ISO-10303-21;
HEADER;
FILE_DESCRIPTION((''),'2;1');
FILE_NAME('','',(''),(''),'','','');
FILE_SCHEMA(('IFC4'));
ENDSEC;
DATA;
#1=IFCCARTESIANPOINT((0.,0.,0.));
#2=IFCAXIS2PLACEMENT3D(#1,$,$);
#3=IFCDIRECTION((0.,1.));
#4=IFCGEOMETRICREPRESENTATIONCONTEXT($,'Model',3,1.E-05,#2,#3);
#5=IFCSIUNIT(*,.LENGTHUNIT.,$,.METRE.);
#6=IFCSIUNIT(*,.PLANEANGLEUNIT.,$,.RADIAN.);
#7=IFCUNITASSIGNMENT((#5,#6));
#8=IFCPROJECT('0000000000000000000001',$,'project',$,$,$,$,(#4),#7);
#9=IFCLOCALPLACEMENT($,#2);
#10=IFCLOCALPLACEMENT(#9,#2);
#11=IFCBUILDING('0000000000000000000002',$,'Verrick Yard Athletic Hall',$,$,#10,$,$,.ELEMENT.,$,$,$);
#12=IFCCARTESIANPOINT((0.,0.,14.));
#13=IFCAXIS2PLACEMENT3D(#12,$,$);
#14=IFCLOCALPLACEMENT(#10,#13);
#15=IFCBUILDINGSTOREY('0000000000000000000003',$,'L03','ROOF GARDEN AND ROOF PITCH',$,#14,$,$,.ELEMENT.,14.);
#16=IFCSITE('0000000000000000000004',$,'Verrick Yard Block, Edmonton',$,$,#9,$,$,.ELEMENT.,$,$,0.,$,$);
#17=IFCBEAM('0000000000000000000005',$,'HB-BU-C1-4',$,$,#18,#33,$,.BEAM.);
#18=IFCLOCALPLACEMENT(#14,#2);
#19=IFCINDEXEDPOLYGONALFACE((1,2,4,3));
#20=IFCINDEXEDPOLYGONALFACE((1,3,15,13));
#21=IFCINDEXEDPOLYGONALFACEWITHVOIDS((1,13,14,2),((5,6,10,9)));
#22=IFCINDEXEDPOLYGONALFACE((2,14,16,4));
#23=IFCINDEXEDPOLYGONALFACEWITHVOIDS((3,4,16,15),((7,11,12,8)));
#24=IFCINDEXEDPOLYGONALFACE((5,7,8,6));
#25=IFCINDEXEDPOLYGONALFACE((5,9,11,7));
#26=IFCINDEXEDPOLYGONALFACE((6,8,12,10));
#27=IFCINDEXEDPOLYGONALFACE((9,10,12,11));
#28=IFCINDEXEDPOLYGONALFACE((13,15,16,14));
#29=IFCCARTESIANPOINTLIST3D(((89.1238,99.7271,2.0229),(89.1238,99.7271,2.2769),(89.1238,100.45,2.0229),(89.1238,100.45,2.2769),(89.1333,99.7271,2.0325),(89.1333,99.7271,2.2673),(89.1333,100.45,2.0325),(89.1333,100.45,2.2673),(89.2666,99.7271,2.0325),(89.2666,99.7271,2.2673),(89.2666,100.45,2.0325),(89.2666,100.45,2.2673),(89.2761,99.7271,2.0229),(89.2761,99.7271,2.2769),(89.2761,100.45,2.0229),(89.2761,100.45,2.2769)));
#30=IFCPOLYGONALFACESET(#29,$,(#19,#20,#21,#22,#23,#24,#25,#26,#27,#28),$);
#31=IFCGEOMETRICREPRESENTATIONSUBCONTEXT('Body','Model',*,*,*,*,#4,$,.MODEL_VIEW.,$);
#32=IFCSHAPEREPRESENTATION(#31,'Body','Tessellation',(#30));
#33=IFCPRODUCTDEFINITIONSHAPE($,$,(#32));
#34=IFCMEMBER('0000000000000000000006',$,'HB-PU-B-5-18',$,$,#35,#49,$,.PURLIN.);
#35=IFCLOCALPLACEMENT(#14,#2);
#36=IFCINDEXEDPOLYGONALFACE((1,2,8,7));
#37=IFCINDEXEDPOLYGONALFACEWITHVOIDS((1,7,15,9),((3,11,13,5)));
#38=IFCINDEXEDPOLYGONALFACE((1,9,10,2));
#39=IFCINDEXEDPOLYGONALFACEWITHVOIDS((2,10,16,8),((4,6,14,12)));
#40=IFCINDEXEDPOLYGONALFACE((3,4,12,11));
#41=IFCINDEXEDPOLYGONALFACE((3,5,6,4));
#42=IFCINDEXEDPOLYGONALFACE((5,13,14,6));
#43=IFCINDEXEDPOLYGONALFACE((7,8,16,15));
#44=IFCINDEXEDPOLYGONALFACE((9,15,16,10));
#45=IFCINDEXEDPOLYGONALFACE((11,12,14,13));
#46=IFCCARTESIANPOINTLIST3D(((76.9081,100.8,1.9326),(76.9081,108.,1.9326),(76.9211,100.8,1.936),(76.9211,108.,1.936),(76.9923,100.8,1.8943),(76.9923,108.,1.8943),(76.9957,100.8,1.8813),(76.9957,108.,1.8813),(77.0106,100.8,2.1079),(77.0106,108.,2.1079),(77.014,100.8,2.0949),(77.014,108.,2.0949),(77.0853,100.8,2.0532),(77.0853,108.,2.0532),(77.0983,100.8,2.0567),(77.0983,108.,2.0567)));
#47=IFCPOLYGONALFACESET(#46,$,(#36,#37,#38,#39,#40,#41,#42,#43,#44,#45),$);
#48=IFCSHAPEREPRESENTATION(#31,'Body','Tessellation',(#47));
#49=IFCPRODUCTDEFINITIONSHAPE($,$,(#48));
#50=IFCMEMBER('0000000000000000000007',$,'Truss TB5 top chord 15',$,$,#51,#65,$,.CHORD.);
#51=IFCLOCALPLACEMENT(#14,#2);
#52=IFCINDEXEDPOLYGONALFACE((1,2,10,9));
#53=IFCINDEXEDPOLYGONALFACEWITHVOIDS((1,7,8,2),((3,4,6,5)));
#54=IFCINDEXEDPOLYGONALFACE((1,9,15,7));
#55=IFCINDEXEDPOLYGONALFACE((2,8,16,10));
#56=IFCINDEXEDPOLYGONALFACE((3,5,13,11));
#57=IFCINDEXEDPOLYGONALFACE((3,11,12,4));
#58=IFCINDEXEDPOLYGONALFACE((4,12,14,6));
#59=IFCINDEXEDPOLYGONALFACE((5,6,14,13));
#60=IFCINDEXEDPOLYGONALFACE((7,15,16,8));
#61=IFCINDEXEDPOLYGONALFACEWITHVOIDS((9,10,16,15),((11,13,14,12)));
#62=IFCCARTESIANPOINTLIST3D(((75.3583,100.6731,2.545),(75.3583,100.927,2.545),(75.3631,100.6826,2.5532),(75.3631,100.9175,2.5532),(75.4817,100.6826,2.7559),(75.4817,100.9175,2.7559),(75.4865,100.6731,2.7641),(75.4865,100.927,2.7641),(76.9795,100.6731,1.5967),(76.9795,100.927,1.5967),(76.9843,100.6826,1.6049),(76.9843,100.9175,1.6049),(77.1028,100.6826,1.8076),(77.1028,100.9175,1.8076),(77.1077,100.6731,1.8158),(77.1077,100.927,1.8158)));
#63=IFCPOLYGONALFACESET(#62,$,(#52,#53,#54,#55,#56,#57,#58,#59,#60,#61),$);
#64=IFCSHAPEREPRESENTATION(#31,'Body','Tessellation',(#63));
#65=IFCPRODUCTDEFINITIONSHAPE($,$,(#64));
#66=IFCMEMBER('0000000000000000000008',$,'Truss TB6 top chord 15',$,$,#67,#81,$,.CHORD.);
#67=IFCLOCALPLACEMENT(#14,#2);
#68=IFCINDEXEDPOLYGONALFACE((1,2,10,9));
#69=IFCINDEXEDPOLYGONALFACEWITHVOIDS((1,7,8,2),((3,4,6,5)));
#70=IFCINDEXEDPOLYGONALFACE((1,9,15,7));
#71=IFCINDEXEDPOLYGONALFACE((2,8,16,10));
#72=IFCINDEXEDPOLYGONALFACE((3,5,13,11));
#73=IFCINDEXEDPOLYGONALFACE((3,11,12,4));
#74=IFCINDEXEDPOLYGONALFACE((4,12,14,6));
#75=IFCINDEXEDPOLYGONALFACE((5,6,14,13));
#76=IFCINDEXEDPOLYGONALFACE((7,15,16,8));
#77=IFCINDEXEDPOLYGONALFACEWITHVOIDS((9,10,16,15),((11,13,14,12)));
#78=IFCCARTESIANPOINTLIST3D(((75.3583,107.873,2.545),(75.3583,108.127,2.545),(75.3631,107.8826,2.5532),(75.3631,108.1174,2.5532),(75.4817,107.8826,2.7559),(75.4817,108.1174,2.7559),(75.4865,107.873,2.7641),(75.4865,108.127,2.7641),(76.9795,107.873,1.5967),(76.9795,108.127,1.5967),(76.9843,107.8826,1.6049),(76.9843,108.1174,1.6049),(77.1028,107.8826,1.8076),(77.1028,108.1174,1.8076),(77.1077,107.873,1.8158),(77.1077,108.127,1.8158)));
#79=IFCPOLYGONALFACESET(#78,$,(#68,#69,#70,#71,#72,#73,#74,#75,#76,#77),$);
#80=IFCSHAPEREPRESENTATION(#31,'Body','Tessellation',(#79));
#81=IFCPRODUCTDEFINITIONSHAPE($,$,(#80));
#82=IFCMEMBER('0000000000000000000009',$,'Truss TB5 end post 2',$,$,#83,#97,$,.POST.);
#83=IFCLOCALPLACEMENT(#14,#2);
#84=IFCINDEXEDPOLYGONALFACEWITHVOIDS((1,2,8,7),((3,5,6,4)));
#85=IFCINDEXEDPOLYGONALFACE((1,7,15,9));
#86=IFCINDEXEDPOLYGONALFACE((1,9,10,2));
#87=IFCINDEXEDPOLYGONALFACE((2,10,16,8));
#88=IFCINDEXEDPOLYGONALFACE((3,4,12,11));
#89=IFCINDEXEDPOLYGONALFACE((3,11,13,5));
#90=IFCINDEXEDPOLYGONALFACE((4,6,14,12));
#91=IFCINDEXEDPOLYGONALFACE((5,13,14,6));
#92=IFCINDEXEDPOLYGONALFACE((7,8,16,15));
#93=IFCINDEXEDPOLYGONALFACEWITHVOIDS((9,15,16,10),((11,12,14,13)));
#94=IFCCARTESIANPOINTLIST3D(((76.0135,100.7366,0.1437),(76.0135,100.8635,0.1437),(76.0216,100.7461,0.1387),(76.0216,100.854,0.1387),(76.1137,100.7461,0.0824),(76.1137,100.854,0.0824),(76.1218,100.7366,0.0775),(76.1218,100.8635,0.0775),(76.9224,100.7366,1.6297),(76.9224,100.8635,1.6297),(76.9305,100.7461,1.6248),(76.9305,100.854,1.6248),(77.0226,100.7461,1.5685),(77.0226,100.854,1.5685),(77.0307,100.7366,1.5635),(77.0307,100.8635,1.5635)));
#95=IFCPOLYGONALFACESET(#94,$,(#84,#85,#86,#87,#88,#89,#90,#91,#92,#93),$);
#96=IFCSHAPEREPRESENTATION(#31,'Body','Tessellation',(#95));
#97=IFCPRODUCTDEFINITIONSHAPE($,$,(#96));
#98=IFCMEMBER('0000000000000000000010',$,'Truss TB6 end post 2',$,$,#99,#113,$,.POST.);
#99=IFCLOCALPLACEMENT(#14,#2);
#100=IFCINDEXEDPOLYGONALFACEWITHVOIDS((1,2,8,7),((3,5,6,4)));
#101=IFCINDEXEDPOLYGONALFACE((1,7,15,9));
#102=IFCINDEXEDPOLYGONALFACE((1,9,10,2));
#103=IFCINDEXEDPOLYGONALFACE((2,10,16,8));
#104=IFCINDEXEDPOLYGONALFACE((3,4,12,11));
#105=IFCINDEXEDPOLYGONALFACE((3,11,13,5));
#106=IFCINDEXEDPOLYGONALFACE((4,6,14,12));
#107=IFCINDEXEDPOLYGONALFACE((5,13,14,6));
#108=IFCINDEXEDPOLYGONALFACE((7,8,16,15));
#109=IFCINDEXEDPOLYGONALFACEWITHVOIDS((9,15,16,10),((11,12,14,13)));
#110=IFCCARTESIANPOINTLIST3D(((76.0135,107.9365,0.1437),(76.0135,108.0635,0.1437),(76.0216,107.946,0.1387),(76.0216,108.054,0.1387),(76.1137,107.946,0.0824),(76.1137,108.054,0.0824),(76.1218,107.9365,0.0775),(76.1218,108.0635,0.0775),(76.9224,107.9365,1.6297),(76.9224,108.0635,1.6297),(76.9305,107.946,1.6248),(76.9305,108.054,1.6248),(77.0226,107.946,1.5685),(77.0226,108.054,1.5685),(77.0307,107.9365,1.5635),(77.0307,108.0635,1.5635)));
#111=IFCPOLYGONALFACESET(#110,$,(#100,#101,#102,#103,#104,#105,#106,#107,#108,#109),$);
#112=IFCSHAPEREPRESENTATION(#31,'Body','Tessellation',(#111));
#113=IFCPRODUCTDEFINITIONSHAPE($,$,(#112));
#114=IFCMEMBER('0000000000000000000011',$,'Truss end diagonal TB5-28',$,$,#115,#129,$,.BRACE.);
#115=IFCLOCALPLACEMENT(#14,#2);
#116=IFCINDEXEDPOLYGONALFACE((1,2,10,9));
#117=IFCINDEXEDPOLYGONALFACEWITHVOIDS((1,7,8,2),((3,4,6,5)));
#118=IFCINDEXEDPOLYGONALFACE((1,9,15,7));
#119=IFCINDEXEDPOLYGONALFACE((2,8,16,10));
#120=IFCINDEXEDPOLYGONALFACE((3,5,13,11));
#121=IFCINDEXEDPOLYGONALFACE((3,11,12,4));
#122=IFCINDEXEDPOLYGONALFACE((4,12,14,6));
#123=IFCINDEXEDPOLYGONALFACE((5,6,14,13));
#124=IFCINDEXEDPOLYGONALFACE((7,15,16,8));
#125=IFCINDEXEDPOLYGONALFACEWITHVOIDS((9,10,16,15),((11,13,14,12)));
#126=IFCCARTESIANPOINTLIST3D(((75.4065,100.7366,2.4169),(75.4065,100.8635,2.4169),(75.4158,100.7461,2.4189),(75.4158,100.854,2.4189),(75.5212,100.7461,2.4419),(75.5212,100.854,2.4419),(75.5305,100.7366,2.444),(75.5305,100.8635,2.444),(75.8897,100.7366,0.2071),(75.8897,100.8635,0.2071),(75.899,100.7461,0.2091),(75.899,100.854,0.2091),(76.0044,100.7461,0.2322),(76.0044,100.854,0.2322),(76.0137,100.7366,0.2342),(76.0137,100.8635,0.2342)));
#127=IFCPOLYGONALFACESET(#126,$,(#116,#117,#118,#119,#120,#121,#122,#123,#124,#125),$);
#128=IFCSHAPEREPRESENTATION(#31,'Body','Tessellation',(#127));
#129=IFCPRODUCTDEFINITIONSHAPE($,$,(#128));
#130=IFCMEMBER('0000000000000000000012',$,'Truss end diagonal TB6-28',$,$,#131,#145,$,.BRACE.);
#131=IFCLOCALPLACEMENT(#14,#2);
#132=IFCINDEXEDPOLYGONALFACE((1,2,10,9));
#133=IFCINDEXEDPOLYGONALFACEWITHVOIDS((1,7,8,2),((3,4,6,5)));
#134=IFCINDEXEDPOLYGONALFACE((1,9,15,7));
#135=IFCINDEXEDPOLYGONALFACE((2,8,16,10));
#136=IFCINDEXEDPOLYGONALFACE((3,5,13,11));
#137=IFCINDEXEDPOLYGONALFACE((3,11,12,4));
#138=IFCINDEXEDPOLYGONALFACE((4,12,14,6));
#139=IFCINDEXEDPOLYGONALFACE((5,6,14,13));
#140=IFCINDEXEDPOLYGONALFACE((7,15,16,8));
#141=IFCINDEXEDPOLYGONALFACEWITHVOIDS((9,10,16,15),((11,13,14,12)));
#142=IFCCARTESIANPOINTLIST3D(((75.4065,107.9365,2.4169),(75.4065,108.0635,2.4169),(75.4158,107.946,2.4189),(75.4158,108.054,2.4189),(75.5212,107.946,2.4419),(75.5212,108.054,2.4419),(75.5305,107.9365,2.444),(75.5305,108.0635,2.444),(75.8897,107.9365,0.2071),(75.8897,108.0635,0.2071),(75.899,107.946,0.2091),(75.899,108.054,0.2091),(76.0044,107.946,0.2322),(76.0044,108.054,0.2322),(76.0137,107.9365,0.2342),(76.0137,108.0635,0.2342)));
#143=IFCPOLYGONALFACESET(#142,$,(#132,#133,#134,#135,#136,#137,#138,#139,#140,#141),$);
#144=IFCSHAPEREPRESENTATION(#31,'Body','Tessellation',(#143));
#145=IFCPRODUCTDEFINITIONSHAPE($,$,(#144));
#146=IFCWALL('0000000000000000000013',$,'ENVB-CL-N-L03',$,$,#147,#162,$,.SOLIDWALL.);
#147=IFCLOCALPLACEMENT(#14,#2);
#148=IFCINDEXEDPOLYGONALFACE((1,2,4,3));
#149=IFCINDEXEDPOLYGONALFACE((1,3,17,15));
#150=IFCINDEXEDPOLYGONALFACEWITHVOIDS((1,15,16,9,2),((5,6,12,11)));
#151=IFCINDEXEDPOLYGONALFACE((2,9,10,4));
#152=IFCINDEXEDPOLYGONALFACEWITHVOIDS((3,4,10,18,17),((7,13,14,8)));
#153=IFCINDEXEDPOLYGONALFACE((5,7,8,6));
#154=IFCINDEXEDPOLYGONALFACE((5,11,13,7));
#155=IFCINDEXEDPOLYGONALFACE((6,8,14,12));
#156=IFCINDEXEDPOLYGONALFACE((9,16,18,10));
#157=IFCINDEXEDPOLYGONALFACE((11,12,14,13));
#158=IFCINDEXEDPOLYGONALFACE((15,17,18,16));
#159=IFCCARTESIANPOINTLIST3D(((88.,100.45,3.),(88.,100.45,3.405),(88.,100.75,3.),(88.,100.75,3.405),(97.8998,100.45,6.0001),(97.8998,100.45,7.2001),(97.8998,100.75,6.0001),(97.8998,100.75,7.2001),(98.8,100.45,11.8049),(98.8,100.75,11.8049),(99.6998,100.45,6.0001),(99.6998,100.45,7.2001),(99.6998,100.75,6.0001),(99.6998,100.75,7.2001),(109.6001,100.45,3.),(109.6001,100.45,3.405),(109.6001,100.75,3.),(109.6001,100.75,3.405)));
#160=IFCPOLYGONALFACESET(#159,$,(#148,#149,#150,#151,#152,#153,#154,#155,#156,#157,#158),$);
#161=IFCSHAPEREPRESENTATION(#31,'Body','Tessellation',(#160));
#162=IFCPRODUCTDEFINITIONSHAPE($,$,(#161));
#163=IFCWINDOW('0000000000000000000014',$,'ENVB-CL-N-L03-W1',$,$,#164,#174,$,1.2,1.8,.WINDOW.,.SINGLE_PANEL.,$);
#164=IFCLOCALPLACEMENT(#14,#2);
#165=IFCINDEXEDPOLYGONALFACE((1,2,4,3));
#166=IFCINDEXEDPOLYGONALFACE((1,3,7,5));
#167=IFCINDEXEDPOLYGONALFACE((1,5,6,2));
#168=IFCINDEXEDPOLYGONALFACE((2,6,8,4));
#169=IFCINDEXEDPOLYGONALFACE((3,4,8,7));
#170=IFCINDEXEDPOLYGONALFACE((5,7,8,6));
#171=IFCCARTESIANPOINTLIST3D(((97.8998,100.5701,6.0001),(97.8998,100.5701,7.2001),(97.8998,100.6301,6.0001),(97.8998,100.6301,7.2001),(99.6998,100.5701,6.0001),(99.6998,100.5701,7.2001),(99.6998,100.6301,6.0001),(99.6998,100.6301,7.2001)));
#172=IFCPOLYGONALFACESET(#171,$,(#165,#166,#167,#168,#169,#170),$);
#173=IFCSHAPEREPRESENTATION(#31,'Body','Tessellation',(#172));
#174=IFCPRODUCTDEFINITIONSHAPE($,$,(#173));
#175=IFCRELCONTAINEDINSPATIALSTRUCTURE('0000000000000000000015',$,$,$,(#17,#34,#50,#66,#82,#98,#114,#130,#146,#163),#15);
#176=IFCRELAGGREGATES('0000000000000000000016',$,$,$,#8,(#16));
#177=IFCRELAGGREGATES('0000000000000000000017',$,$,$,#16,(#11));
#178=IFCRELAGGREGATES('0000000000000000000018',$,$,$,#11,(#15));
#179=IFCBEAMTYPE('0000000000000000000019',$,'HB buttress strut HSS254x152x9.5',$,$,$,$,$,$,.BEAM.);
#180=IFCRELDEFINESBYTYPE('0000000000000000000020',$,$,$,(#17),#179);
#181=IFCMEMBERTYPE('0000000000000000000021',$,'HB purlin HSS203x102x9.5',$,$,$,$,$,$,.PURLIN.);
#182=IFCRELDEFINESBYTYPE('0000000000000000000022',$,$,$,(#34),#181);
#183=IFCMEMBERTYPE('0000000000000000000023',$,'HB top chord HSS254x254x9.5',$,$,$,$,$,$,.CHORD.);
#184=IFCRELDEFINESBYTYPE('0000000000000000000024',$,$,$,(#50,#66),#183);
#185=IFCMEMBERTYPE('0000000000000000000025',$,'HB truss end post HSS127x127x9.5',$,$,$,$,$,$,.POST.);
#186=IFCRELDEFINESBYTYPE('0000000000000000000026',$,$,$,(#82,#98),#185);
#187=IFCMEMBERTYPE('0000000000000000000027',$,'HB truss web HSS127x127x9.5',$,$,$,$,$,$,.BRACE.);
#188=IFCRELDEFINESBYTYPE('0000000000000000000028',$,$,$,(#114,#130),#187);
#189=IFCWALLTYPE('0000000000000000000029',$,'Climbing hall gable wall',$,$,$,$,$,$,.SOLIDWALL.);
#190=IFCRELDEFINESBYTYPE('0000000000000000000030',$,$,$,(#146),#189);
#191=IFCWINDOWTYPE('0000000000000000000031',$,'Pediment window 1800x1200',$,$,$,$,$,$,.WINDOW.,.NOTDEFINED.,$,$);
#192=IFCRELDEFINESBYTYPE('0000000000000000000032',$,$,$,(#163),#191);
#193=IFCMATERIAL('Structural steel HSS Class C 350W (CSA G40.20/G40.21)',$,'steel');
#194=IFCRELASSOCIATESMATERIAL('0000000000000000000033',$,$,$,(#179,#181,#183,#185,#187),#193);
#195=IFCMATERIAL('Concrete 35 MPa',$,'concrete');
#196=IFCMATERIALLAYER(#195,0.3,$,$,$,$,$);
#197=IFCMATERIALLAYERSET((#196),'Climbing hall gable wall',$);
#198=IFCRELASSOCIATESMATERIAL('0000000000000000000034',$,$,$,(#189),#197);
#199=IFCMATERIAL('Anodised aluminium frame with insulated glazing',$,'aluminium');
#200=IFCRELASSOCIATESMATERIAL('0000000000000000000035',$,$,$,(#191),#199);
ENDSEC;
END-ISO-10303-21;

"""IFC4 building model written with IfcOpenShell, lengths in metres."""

from ifc_helpers import new_model, si_unit, direction, frame, frame_2d, origin, origin_2d, place, context, subcontext, project, spatial, polyline, rectangle, hollow_rectangle, outline, extrude, material, layer, layer_set, material_profile, profile_set, type_object, element, fill, save


model = new_model("IFC4")

# Units and contexts
model_context = context("Model", 3, precision=1e-05, world=origin(), true_north=direction((0.0, 1.0)))
body_context = subcontext(model_context, "Body", "Model", "MODEL_VIEW")
ifc_project = project(units=[si_unit("LENGTHUNIT", "METRE"), si_unit("PLANEANGLEUNIT", "RADIAN")], contexts=[model_context])

# Site, building, storey
site_placement = place(None, origin())
site = spatial("IfcSite", under=ifc_project, at=site_placement, Name="Verrick Yard Block, Edmonton", CompositionType="ELEMENT", RefElevation=0.0)
building_placement = place(site_placement, origin())
building = spatial("IfcBuilding", under=site, at=building_placement, Name="Verrick Yard Athletic Hall", CompositionType="ELEMENT")
storey_placement = place(building_placement, frame((0.0, 0.0, 14.0)))
storey = spatial("IfcBuildingStorey", under=building, at=storey_placement, Name="L03", Description="ROOF GARDEN AND ROOF PITCH", CompositionType="ELEMENT", Elevation=14.0)

# Beam
ifc_material_1 = material(Name="Structural steel HSS Class C 350W (CSA G40.20/G40.21)", Category="steel")
ifc_material_profile_1 = material_profile(ifc_material_1, hollow_rectangle(XDim=0.1523, YDim=0.2539, WallThickness=0.0095, at=origin_2d()), Name="HSS254x152x9.5")
ifc_profile_set_1 = profile_set([ifc_material_profile_1], Name="Structural steel HSS Class C 350W (CSA G40.20/G40.21)")
beam_type = type_object("IfcBeamType", Name="HB buttress strut HSS254x152x9.5", PredefinedType="BEAM", material=ifc_profile_set_1)
beam_placement = place(storey_placement, frame((89.2, 99.7271, 2.1499), z_axis=(0.0, 1.0, 0.0), x_axis=(-1.0, 0.0, 0.0)))
element("IfcBeam", 1, at=beam_placement, inside=storey, type_object=beam_type, Name="HB-BU-C1-4", PredefinedType="BEAM", context=body_context, shape_type="SweptSolid", body=[
    extrude(hollow_rectangle(XDim=0.1523, YDim=0.2539, WallThickness=0.0095, at=origin_2d()), origin(), (0.0, 0.0, 1.0), 0.7229),
])

# Members
ifc_material_profile_2 = material_profile(ifc_material_1, hollow_rectangle(XDim=0.1016, YDim=0.2031, WallThickness=0.0095, at=origin_2d()), Name="HSS203x102x9.5")
ifc_profile_set_2 = profile_set([ifc_material_profile_2], Name="Structural steel HSS Class C 350W (CSA G40.20/G40.21)")
member_type_1 = type_object("IfcMemberType", Name="HB purlin HSS203x102x9.5", PredefinedType="PURLIN", material=ifc_profile_set_2)
member_placement = place(storey_placement, frame((77.0032, 100.8, 1.9946), z_axis=(0.0, 1.0, 0.0), x_axis=(-0.863168, 0.0, 0.504917)))
element("IfcMember", 2, at=member_placement, inside=storey, type_object=member_type_1, Name="HB-PU-B-5-18", PredefinedType="PURLIN", context=body_context, shape_type="SweptSolid", body=[
    extrude(hollow_rectangle(XDim=0.1016, YDim=0.2031, WallThickness=0.0095, at=origin_2d()), origin(), (0.0, 0.0, 1.0), 7.2),
])
ifc_material_profile_3 = material_profile(ifc_material_1, hollow_rectangle(XDim=0.2539, YDim=0.2539, WallThickness=0.0095, at=origin_2d()), Name="HSS254x254x9.5")
ifc_profile_set_3 = profile_set([ifc_material_profile_3], Name="Structural steel HSS Class C 350W (CSA G40.20/G40.21)")
member_type_2 = type_object("IfcMemberType", Name="HB top chord HSS254x254x9.5", PredefinedType="CHORD", material=ifc_profile_set_3)
for number, where, z_axis, x_axis, name in (
    (3, (75.4224, 100.8, 2.6545), (0.863175, 0.0, -0.504905), (0.0, 1.0, 0.0), "Truss TB5 top chord 15"),
    (4, (75.4224, 108.0, 2.6545), (0.863175, 0.0, -0.504905), (0.0, 1.0, 0.0), "Truss TB6 top chord 15"),
):
    element("IfcMember", number, at=place(storey_placement, frame(where, z_axis=z_axis, x_axis=x_axis)), inside=storey, type_object=member_type_2, Name=name, PredefinedType="CHORD", context=body_context, shape_type="SweptSolid", body=[
        extrude(hollow_rectangle(XDim=0.2539, YDim=0.2539, WallThickness=0.0095, at=origin_2d()), origin(), (0.0, 0.0, 1.0), 1.8782),
    ])
ifc_material_profile_4 = material_profile(ifc_material_1, hollow_rectangle(XDim=0.127, YDim=0.127, WallThickness=0.0095, at=origin_2d()), Name="HSS127x127x9.5")
ifc_profile_set_4 = profile_set([ifc_material_profile_4], Name="Structural steel HSS Class C 350W (CSA G40.20/G40.21)")
member_type_3 = type_object("IfcMemberType", Name="HB truss end post HSS127x127x9.5", PredefinedType="POST", material=ifc_profile_set_4)
for number, where, z_axis, x_axis, name in (
    (5, (76.0676, 100.8, 0.1106), (0.521773, 0.0, 0.853084), (0.0, 1.0, 0.0), "Truss TB5 end post 2"),
    (6, (76.0676, 108.0, 0.1106), (0.521773, 0.0, 0.853084), (0.0, 1.0, 0.0), "Truss TB6 end post 2"),
):
    element("IfcMember", number, at=place(storey_placement, frame(where, z_axis=z_axis, x_axis=x_axis)), inside=storey, type_object=member_type_3, Name=name, PredefinedType="POST", context=body_context, shape_type="SweptSolid", body=[
        extrude(hollow_rectangle(XDim=0.127, YDim=0.127, WallThickness=0.0095, at=origin_2d()), origin(), (0.0, 0.0, 1.0), 1.7419),
    ])
ifc_material_profile_5 = material_profile(ifc_material_1, hollow_rectangle(XDim=0.127, YDim=0.127, WallThickness=0.0095, at=origin_2d()), Name="HSS127x127x9.5")
ifc_profile_set_5 = profile_set([ifc_material_profile_5], Name="Structural steel HSS Class C 350W (CSA G40.20/G40.21)")
member_type_4 = type_object("IfcMemberType", Name="HB truss web HSS127x127x9.5", PredefinedType="BRACE", material=ifc_profile_set_5)
for number, where, z_axis, x_axis, name in (
    (7, (75.4685, 100.8, 2.4304), (0.213604, 0.0, -0.97692), (0.0, 1.0, 0.0), "Truss end diagonal TB5-28"),
    (8, (75.4685, 108.0, 2.4304), (0.213604, 0.0, -0.97692), (0.0, 1.0, 0.0), "Truss end diagonal TB6-28"),
):
    element("IfcMember", number, at=place(storey_placement, frame(where, z_axis=z_axis, x_axis=x_axis)), inside=storey, type_object=member_type_4, Name=name, PredefinedType="BRACE", context=body_context, shape_type="SweptSolid", body=[
        extrude(hollow_rectangle(XDim=0.127, YDim=0.127, WallThickness=0.0095, at=origin_2d()), origin(), (0.0, 0.0, 1.0), 2.262),
    ])

# Wall, opening, window
ifc_material_2 = material(Name="Concrete 35 MPa", Category="concrete")
ifc_layer_1 = layer(ifc_material_2, 0.3)
ifc_layer_set_1 = layer_set([ifc_layer_1], Name="Climbing hall gable wall")
wall_type_1 = type_object("IfcWallType", Name="Climbing hall gable wall", PredefinedType="SOLIDWALL", material=ifc_layer_set_1)
wall_1_placement = place(storey_placement, frame((88.0, 100.6001, 3.0), z_axis=(0.0, 0.0, 1.0), x_axis=(1.0, 0.0, 0.0)))
wall_1 = element("IfcWall", 9, at=wall_1_placement, inside=storey, type_object=wall_type_1, Name="ENVB-CL-N-L03", PredefinedType="SOLIDWALL", context=body_context, shape_type="SweptSolid", body=[
    extrude(outline(polyline([(0.0, 0.0), (21.6001, 0.0), (21.6001, 0.405), (10.8, 8.8049), (0.0, 0.405), (0.0, 0.0)])), frame((0.0, 0.1499, 0.0), z_axis=(0.0, -1.0, 0.0), x_axis=(1.0, 0.0, 0.0)), (0.0, 0.0, 1.0), 0.3),
])
opening_placement = place(wall_1_placement, frame((9.8999, 0.0, 3.0)))
opening = element("IfcOpeningElement", 10, at=opening_placement, cuts=wall_1, PredefinedType="OPENING", context=body_context, shape_type="SweptSolid", body=[
    extrude(rectangle(XDim=1.8, YDim=1.2, at=frame_2d((0.8999, 0.6001))), frame((0.0, 0.1602, 0.0), z_axis=(0.0, -1.0, 0.0), x_axis=(1.0, 0.0, 0.0)), (0.0, 0.0, 1.0), 0.3201),
])
ifc_material_3 = material(Name="Anodised aluminium frame with insulated glazing", Category="aluminium")
window_type = type_object("IfcWindowType", Name="Pediment window 1800x1200", PartitioningType="NOTDEFINED", PredefinedType="WINDOW", material=ifc_material_3)
window_placement = place(opening_placement, origin())
window = element("IfcWindow", 11, at=window_placement, inside=storey, type_object=window_type, Name="ENVB-CL-N-L03-W1", OverallHeight=1.2, OverallWidth=1.8, PartitioningType="SINGLE_PANEL", PredefinedType="WINDOW", context=body_context, shape_type="SweptSolid", body=[
    extrude(rectangle(XDim=1.8, YDim=1.2, at=frame_2d((0.8999, 0.6001))), frame((0.0, 0.03, 0.0), z_axis=(0.0, -1.0, 0.0), x_axis=(1.0, 0.0, 0.0)), (0.0, 0.0, 1.0), 0.0601),
])
fill(opening, window)

save(model, "model.ifc")
